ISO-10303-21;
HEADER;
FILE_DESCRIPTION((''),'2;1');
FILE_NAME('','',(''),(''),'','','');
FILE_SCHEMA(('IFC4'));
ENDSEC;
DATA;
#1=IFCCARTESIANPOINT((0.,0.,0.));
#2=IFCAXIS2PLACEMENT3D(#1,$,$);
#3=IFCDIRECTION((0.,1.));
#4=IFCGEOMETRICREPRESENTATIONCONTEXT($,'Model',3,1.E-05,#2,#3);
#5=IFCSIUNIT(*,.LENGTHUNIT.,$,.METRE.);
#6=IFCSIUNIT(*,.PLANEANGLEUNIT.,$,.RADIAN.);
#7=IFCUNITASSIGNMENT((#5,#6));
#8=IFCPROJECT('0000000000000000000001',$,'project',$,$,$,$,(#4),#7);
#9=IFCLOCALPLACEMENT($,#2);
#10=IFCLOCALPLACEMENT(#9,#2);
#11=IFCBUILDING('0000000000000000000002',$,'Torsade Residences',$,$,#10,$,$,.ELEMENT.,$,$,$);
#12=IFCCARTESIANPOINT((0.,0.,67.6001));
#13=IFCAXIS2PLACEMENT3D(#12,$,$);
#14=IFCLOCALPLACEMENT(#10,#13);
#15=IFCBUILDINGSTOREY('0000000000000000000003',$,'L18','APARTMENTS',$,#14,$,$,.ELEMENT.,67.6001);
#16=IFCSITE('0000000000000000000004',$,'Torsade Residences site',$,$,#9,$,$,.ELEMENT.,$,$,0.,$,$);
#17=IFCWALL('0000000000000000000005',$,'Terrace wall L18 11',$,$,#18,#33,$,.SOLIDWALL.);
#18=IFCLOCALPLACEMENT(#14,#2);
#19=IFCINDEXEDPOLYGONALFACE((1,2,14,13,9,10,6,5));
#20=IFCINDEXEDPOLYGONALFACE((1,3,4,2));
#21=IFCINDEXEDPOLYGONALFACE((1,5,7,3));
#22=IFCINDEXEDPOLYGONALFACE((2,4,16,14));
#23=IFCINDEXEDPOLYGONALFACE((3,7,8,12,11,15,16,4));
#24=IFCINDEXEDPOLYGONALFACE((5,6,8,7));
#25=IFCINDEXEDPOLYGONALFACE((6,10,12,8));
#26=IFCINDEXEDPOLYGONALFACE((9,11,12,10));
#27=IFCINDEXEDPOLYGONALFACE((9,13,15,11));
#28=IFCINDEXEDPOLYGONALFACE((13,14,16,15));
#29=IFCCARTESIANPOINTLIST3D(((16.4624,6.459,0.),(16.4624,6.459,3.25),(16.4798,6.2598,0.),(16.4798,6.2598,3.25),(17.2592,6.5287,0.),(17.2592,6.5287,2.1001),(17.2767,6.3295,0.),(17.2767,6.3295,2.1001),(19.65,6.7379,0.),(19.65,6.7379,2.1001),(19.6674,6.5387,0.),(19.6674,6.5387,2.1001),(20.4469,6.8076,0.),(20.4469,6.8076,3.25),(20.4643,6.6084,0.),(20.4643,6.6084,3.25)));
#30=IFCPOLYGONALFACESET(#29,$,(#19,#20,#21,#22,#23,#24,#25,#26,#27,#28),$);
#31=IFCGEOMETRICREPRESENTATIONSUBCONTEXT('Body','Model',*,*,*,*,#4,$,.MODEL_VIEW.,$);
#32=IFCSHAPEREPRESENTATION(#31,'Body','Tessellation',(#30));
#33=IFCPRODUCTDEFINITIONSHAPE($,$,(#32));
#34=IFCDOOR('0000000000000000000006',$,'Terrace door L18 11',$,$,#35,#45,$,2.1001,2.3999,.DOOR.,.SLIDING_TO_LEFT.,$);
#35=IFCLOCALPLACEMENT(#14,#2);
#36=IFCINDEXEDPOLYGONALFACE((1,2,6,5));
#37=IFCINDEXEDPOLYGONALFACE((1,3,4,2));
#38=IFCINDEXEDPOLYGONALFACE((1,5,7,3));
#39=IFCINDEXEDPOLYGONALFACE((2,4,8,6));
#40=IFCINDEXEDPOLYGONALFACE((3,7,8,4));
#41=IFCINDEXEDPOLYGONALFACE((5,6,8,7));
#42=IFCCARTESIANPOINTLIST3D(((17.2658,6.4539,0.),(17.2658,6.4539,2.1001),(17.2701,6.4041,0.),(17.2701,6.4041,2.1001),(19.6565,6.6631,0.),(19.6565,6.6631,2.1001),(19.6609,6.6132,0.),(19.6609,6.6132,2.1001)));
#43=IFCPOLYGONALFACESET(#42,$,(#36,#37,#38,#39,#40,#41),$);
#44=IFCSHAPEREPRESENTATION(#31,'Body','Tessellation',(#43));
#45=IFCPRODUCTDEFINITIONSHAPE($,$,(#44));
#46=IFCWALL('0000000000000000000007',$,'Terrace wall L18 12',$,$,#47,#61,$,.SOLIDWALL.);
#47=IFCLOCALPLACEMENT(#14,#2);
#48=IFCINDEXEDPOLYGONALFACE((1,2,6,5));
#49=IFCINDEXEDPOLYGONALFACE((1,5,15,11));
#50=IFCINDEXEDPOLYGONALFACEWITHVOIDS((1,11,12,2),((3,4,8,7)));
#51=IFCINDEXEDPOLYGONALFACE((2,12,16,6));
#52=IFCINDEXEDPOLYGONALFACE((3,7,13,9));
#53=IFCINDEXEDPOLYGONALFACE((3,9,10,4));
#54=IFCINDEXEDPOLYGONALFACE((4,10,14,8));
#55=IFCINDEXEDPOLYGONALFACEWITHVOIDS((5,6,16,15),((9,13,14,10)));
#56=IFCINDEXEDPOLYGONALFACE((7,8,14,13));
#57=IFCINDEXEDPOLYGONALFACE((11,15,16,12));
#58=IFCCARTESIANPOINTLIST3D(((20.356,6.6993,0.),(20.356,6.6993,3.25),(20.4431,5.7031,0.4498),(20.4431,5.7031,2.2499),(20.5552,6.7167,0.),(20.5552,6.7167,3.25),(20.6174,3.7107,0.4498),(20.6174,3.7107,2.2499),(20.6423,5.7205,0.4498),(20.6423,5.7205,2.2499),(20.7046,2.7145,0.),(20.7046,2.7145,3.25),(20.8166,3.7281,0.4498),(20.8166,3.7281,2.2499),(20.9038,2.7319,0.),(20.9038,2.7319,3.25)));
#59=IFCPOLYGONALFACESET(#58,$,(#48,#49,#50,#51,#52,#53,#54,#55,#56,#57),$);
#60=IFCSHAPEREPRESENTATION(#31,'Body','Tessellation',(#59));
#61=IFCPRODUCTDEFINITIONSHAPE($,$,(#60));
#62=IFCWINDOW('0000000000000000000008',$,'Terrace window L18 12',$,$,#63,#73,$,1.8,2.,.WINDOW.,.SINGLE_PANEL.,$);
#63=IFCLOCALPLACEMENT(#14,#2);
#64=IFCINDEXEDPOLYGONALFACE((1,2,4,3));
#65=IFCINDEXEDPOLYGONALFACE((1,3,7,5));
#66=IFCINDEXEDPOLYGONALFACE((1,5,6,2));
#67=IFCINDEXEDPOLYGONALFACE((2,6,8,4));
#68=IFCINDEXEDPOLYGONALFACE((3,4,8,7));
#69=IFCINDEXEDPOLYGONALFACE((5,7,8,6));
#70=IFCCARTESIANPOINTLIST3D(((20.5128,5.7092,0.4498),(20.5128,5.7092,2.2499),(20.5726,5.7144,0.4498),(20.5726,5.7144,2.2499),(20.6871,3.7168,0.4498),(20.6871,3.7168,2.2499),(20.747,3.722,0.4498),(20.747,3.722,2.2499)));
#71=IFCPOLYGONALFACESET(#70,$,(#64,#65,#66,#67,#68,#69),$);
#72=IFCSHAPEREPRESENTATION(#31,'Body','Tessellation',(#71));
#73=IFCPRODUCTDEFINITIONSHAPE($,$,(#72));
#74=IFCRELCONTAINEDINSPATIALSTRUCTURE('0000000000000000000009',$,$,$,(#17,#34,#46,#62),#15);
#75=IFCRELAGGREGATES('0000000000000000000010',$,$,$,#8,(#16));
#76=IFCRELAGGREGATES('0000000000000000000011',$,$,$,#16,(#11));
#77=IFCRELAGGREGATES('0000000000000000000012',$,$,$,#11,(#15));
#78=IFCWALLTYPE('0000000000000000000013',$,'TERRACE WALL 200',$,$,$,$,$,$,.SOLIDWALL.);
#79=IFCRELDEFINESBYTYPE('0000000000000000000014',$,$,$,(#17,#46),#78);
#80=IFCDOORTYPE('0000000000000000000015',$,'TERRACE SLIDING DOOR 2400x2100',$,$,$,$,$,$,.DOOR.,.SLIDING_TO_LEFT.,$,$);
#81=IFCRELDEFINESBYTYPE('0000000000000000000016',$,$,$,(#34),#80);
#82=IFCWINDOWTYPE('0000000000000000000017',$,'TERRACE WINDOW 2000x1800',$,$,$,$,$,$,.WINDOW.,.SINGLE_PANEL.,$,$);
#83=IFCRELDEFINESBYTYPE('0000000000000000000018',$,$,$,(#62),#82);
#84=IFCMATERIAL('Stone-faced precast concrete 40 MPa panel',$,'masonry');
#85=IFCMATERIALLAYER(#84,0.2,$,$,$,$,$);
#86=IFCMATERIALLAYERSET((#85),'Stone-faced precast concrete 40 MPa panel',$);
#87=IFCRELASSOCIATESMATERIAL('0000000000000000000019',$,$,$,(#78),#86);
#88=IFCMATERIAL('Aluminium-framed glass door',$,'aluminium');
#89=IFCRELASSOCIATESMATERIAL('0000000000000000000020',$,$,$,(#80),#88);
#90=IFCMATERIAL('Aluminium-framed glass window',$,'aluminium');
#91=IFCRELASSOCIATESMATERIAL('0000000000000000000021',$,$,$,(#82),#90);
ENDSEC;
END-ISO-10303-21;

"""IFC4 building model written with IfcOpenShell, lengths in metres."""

from ifc_helpers import new_model, si_unit, direction, frame, frame_2d, origin, place, context, subcontext, project, spatial, rectangle, extrude, material, layer, layer_set, type_object, element, fill, save


model = new_model("IFC4")

# Units and contexts
model_context = context("Model", 3, precision=1e-05, world=origin(), true_north=direction((0.0, 1.0)))
body_context = subcontext(model_context, "Body", "Model", "MODEL_VIEW")
ifc_project = project(units=[si_unit("LENGTHUNIT", "METRE"), si_unit("PLANEANGLEUNIT", "RADIAN")], contexts=[model_context])

# Site, building, storey
site_placement = place(None, origin())
site = spatial("IfcSite", under=ifc_project, at=site_placement, Name="Torsade Residences site", CompositionType="ELEMENT", RefElevation=0.0)
building_placement = place(site_placement, origin())
building = spatial("IfcBuilding", under=site, at=building_placement, Name="Torsade Residences", CompositionType="ELEMENT")
storey_placement = place(building_placement, frame((0.0, 0.0, 67.6001)))
storey = spatial("IfcBuildingStorey", under=building, at=storey_placement, Name="L18", Description="APARTMENTS", CompositionType="ELEMENT", Elevation=67.6001)

# Wall, opening, door
ifc_material_1 = material(Name="Stone-faced precast concrete 40 MPa panel", Category="masonry")
ifc_layer_1 = layer(ifc_material_1, 0.2)
ifc_layer_set_1 = layer_set([ifc_layer_1], Name="Stone-faced precast concrete 40 MPa panel")
wall_type_1 = type_object("IfcWallType", Name="TERRACE WALL 200", PredefinedType="SOLIDWALL", material=ifc_layer_set_1)
wall_1_placement = place(storey_placement, frame((16.4709, 6.3594, 0.0), z_axis=(0.0, 0.0, 1.0), x_axis=(0.996194, 0.087162, 0.0)))
wall_1 = element("IfcWall", 1, at=wall_1_placement, inside=storey, type_object=wall_type_1, Name="Terrace wall L18 11", PredefinedType="SOLIDWALL", context=body_context, shape_type="SweptSolid", body=[
    extrude(rectangle(XDim=3.9998, YDim=0.2, at=frame_2d((2.0, 0.0))), origin(), (0.0, 0.0, 1.0), 3.25),
])
opening_1_placement = place(wall_1_placement, frame((0.8, 0.0, 0.0)))
opening_1 = element("IfcOpeningElement", 2, at=opening_1_placement, cuts=wall_1, PredefinedType="OPENING", context=body_context, shape_type="SweptSolid", body=[
    extrude(rectangle(XDim=2.3999, YDim=2.1001, at=frame_2d((1.2, 1.05))), frame((0.0, 0.1099, 0.0), z_axis=(0.0, -1.0, 0.0), x_axis=(1.0, 0.0, 0.0)), (0.0, 0.0, 1.0), 0.22),
])
ifc_material_2 = material(Name="Aluminium-framed glass door", Category="aluminium")
door_type_1 = type_object("IfcDoorType", Name="TERRACE SLIDING DOOR 2400x2100", OperationType="SLIDING_TO_LEFT", PredefinedType="DOOR", material=ifc_material_2)
door_1_placement = place(opening_1_placement, origin())
door_1 = element("IfcDoor", 3, at=door_1_placement, inside=storey, type_object=door_type_1, Name="Terrace door L18 11", OperationType="SLIDING_TO_LEFT", OverallHeight=2.1001, OverallWidth=2.3999, PredefinedType="DOOR", context=body_context, shape_type="SweptSolid", body=[
    extrude(rectangle(XDim=2.3999, YDim=2.1001, at=frame_2d((1.2, 1.05))), frame((0.0, 0.0249, 0.0), z_axis=(0.0, -1.0, 0.0), x_axis=(1.0, 0.0, 0.0)), (0.0, 0.0, 1.0), 0.05),
])
fill(opening_1, door_1)

# Wall, opening, window
wall_2_placement = place(storey_placement, frame((20.4556, 6.708, 0.0), z_axis=(0.0, 0.0, 1.0), x_axis=(0.087156, -0.996195, 0.0)))
wall_2 = element("IfcWall", 4, at=wall_2_placement, inside=storey, type_object=wall_type_1, Name="Terrace wall L18 12", PredefinedType="SOLIDWALL", context=body_context, shape_type="SweptSolid", body=[
    extrude(rectangle(XDim=4.0, YDim=0.2, at=frame_2d((2.0, 0.0))), origin(), (0.0, 0.0, 1.0), 3.25),
])
opening_2_placement = place(wall_2_placement, frame((1.0, 0.0, 0.45)))
opening_2 = element("IfcOpeningElement", 5, at=opening_2_placement, cuts=wall_2, PredefinedType="OPENING", context=body_context, shape_type="SweptSolid", body=[
    extrude(rectangle(XDim=2.0, YDim=1.8, at=frame_2d((1.0, 0.8999))), frame((0.0, 0.1099, 0.0), z_axis=(0.0, -1.0, 0.0), x_axis=(1.0, 0.0, 0.0)), (0.0, 0.0, 1.0), 0.22),
])
ifc_material_3 = material(Name="Aluminium-framed glass window", Category="aluminium")
window_type = type_object("IfcWindowType", Name="TERRACE WINDOW 2000x1800", PartitioningType="SINGLE_PANEL", PredefinedType="WINDOW", material=ifc_material_3)
window_placement = place(opening_2_placement, origin())
window = element("IfcWindow", 6, at=window_placement, inside=storey, type_object=window_type, Name="Terrace window L18 12", OverallHeight=1.8, OverallWidth=2.0, PartitioningType="SINGLE_PANEL", PredefinedType="WINDOW", context=body_context, shape_type="SweptSolid", body=[
    extrude(rectangle(XDim=2.0, YDim=1.8, at=frame_2d((1.0, 0.8999))), frame((0.0, 0.03, 0.0), z_axis=(0.0, -1.0, 0.0), x_axis=(1.0, 0.0, 0.0)), (0.0, 0.0, 1.0), 0.0601),
])
fill(opening_2, window)

save(model, "model.ifc")
